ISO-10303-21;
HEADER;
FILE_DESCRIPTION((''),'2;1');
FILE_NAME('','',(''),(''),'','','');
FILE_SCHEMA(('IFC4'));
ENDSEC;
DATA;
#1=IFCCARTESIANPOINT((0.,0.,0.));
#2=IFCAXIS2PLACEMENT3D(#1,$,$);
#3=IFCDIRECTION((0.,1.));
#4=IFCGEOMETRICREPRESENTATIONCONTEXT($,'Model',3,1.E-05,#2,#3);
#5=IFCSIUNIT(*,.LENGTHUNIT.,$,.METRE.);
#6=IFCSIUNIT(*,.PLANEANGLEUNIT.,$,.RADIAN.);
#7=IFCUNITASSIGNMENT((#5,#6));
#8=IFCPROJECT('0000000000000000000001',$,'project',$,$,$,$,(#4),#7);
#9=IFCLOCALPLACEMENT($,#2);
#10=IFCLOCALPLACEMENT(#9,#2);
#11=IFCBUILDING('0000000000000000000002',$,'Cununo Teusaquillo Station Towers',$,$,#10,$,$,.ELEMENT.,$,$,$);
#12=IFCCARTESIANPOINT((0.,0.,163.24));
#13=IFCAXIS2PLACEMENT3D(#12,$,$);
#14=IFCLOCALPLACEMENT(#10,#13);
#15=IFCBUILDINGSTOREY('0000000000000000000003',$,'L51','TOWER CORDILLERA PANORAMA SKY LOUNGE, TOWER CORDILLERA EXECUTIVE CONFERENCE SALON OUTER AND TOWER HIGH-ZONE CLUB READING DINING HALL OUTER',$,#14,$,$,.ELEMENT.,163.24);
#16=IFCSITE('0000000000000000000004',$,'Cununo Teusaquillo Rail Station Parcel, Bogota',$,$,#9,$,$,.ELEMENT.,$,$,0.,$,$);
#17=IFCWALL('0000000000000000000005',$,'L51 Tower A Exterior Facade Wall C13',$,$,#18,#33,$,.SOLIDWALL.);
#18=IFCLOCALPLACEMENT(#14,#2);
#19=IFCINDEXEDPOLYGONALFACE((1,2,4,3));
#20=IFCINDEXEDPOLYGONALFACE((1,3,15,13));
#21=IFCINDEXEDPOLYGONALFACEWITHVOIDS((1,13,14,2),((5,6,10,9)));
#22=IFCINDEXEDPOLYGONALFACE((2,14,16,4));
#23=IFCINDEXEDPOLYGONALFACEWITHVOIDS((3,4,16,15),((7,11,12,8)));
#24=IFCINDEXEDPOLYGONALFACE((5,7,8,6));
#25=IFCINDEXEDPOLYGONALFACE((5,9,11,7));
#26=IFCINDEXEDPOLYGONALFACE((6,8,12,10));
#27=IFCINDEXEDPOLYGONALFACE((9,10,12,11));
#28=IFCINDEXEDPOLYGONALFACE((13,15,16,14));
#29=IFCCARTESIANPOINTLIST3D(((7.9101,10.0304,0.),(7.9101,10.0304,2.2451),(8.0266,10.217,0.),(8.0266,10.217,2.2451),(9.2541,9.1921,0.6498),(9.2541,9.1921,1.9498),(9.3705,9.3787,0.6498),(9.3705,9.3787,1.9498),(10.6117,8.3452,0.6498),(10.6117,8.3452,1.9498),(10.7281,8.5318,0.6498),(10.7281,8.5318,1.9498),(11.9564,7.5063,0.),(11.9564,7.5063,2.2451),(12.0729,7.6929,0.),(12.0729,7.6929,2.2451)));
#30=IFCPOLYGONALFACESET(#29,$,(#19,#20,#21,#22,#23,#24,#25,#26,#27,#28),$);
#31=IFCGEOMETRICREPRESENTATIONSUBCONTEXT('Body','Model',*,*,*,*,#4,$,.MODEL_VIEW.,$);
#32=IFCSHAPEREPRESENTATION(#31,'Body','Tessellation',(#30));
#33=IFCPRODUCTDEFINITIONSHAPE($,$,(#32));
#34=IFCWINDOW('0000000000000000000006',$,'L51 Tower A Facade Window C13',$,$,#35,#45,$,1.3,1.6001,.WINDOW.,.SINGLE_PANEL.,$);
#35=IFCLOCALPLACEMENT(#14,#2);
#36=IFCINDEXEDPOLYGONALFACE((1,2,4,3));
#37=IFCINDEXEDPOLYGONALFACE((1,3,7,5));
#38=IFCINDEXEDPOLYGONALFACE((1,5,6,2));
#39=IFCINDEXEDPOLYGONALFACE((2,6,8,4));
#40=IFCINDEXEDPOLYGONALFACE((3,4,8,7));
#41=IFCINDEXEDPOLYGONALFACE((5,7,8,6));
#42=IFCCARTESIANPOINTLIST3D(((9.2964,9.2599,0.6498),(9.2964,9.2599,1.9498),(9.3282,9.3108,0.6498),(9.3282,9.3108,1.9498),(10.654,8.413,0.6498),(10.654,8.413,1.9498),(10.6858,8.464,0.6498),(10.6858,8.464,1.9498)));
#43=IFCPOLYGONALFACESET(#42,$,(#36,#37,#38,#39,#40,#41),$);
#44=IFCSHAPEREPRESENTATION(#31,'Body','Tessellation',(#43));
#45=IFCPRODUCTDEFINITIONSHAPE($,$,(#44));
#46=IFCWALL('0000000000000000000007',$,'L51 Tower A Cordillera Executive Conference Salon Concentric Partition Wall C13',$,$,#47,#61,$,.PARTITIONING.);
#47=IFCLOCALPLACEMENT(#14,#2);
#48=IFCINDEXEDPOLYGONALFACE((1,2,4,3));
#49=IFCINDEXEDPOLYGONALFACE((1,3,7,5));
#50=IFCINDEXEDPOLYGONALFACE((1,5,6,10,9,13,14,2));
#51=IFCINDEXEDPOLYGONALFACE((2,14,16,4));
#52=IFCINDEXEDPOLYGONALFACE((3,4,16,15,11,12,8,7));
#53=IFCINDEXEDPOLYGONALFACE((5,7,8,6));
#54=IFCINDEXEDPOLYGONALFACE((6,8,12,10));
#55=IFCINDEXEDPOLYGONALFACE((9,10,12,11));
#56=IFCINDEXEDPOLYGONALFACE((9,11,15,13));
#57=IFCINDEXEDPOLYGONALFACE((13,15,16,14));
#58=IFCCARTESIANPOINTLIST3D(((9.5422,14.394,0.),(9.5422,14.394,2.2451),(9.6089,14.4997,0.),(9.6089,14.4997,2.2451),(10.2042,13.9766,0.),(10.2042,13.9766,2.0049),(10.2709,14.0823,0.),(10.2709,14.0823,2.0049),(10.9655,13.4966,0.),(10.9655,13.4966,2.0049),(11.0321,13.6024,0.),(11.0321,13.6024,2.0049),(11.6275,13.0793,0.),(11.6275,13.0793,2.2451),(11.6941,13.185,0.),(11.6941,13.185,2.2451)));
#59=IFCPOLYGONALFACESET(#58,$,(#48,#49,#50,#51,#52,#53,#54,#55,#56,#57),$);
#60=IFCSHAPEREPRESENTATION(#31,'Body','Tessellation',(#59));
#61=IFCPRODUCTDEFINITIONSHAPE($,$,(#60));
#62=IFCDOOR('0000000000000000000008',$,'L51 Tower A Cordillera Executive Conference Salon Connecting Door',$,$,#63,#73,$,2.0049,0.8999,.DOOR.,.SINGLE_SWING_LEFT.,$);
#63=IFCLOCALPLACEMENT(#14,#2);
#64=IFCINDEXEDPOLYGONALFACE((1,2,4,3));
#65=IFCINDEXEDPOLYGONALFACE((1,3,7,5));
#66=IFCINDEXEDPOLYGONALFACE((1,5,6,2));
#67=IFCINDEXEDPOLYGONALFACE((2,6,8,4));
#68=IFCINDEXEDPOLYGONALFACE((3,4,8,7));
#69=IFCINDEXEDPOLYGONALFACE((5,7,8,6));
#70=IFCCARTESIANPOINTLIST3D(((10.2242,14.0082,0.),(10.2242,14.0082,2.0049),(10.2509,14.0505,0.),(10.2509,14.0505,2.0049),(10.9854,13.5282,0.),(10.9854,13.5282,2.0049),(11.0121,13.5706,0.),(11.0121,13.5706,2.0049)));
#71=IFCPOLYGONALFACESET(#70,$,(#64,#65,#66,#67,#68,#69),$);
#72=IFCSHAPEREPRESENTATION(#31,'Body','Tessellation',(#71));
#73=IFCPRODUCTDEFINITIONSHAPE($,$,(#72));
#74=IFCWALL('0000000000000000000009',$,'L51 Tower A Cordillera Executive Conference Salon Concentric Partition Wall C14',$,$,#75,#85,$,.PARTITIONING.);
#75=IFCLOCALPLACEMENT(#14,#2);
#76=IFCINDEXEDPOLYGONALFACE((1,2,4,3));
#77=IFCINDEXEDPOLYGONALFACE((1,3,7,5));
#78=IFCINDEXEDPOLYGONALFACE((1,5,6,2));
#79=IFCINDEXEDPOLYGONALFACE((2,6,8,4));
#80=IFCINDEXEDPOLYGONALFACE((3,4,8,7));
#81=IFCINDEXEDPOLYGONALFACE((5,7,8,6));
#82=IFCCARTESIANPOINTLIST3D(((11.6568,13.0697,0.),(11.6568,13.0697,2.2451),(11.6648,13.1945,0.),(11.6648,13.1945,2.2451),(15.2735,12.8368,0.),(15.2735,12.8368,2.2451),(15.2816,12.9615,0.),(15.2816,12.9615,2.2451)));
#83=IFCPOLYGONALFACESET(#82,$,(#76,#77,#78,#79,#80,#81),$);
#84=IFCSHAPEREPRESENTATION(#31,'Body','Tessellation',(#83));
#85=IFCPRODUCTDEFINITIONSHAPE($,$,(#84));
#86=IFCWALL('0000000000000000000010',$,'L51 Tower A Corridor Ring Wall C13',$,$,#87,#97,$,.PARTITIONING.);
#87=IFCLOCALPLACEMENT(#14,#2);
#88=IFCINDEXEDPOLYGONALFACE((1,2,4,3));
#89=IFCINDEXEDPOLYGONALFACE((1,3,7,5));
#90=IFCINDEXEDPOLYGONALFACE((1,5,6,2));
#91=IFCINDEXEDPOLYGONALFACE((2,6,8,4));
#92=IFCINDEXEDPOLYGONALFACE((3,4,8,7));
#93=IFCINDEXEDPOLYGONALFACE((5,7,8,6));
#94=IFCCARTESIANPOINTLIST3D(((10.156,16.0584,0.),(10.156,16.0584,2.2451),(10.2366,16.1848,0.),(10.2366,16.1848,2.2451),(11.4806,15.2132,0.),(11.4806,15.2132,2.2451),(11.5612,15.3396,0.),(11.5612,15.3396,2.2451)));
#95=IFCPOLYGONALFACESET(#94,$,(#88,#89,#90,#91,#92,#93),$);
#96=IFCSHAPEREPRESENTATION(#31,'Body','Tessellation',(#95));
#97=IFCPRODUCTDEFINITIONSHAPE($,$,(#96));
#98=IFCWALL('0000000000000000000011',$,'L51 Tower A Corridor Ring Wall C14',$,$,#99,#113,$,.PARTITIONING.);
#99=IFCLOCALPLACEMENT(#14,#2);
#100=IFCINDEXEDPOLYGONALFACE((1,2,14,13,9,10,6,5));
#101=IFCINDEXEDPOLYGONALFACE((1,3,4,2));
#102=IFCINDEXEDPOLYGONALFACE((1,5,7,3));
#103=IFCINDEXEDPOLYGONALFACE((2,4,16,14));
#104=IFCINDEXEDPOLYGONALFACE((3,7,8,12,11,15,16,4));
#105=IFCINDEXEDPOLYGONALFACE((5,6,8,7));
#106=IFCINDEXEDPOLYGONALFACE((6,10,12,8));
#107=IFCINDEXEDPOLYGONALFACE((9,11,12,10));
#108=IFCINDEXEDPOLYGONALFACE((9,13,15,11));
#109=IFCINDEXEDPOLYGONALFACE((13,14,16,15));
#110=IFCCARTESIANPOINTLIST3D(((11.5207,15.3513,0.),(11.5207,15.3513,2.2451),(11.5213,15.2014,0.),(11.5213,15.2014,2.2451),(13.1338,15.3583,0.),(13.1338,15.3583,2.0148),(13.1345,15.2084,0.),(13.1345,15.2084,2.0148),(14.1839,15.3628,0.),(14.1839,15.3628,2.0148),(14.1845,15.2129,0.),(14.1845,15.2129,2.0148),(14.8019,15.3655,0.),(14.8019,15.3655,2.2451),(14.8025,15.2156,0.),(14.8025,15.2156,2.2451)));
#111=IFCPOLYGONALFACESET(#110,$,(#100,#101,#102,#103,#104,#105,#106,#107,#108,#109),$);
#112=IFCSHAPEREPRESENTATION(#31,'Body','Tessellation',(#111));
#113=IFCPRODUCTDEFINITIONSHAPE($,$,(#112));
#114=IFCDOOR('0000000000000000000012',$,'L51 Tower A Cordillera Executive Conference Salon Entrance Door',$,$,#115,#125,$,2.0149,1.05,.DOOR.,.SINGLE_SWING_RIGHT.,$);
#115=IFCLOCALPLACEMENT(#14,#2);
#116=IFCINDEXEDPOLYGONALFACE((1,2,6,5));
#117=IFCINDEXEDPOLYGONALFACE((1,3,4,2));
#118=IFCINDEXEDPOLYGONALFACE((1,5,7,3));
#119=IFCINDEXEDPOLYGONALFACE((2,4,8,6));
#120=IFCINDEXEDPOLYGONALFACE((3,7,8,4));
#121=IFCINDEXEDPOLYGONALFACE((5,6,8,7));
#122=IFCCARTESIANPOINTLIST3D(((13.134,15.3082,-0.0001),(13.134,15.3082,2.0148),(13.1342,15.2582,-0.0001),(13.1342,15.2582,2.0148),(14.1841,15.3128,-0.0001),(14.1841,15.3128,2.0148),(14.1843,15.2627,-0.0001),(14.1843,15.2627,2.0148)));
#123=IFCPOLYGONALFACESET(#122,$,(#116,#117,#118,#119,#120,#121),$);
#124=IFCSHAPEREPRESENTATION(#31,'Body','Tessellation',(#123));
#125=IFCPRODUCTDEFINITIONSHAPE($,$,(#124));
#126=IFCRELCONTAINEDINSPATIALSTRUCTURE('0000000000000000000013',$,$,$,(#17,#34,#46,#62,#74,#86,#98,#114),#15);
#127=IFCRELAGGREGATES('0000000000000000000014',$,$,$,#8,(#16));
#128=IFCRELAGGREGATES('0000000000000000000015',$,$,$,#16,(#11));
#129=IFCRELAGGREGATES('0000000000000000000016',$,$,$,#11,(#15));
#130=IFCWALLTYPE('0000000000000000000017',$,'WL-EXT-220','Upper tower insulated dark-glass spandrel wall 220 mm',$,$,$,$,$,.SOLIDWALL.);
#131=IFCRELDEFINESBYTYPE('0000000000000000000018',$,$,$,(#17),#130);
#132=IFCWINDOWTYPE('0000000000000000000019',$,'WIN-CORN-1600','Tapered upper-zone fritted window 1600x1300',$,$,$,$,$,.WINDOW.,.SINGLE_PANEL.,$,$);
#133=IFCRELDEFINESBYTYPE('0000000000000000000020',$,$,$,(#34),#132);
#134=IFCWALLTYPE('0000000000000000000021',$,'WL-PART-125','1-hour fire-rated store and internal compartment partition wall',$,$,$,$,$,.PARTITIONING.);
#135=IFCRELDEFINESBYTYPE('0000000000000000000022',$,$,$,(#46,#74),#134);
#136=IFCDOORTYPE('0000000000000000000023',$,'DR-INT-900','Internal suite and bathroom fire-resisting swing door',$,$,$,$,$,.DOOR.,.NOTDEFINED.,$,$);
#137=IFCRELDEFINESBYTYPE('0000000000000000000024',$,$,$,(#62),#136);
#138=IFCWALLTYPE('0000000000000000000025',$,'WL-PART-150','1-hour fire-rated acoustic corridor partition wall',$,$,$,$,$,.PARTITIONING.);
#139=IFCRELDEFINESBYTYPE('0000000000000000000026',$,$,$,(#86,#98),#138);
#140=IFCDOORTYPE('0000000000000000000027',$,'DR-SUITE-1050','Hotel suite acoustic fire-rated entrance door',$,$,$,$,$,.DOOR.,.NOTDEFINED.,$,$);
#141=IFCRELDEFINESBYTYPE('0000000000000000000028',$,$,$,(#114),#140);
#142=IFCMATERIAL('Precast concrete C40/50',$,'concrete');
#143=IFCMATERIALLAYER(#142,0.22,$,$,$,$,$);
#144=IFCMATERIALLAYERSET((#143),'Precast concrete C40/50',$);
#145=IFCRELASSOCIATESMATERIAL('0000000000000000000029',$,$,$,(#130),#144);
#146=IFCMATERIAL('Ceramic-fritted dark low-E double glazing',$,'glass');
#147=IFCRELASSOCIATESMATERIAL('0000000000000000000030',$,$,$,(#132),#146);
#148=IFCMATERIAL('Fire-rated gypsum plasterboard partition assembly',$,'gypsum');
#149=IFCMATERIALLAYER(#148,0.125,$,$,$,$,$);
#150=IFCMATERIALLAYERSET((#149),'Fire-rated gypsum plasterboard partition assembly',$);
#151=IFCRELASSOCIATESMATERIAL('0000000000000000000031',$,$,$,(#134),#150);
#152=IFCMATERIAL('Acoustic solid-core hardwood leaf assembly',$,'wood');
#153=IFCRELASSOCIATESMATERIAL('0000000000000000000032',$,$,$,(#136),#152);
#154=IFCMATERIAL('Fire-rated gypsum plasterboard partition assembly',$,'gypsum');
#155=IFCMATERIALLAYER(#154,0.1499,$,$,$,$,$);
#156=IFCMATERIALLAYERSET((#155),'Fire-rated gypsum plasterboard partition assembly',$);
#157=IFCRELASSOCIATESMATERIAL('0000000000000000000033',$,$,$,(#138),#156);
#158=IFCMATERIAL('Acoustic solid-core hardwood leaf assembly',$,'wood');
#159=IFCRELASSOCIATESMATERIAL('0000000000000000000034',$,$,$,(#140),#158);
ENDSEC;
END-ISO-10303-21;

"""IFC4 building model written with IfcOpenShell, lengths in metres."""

from ifc_helpers import new_model, si_unit, direction, frame, frame_2d, origin, place, context, subcontext, project, spatial, rectangle, extrude, source, transform, mapped, material, layer, layer_set, type_object, element, fill, save


model = new_model("IFC4")

# Units and contexts
model_context = context("Model", 3, precision=1e-05, world=origin(), true_north=direction((0.0, 1.0)))
body_context = subcontext(model_context, "Body", "Model", "MODEL_VIEW")
ifc_project = project(units=[si_unit("LENGTHUNIT", "METRE"), si_unit("PLANEANGLEUNIT", "RADIAN")], contexts=[model_context])

# Site, building, storey
site_placement = place(None, origin())
site = spatial("IfcSite", under=ifc_project, at=site_placement, Name="Cununo Teusaquillo Rail Station Parcel, Bogota", CompositionType="ELEMENT", RefElevation=0.0)
building_placement = place(site_placement, origin())
building = spatial("IfcBuilding", under=site, at=building_placement, Name="Cununo Teusaquillo Station Towers", CompositionType="ELEMENT")
storey_placement = place(building_placement, frame((0.0, 0.0, 163.24)))
storey = spatial("IfcBuildingStorey", under=building, at=storey_placement, Name="L51", Description="TOWER CORDILLERA PANORAMA SKY LOUNGE, TOWER CORDILLERA EXECUTIVE CONFERENCE SALON OUTER AND TOWER HIGH-ZONE CLUB READING DINING HALL OUTER", CompositionType="ELEMENT", Elevation=163.24)

# Shared definitions
ifc_material_1 = material(Name="Precast concrete C40/50", Category="concrete")
ifc_layer_1 = layer(ifc_material_1, 0.22)
ifc_layer_set_1 = layer_set([ifc_layer_1], Name="Precast concrete C40/50")
wall_type_1 = type_object("IfcWallType", Name="WL-EXT-220", Description="Upper tower insulated dark-glass spandrel wall 220 mm", PredefinedType="SOLIDWALL", material=ifc_layer_set_1)
shared_shape_1 = source(origin(), body_context, "Body", "SweptSolid", [
    extrude(rectangle(XDim=1.6001, YDim=1.3, at=frame_2d((0.8, 0.6499))), frame((0.0, 0.1199, 0.0), z_axis=(0.0, -1.0, 0.0), x_axis=(1.0, 0.0, 0.0)), (0.0, 0.0, 1.0), 0.24),
])
ifc_material_2 = material(Name="Ceramic-fritted dark low-E double glazing", Category="glass")
window_type = type_object("IfcWindowType", Name="WIN-CORN-1600", Description="Tapered upper-zone fritted window 1600x1300", PartitioningType="SINGLE_PANEL", PredefinedType="WINDOW", material=ifc_material_2)
shared_shape_2 = source(origin(), body_context, "Body", "SweptSolid", [
    extrude(rectangle(XDim=1.6001, YDim=1.3, at=frame_2d((0.8, 0.6499))), frame((0.0, 0.03, 0.0), z_axis=(0.0, -1.0, 0.0), x_axis=(1.0, 0.0, 0.0)), (0.0, 0.0, 1.0), 0.0601),
])

# Wall, opening, window
wall_1_placement = place(storey_placement, frame((12.0146, 7.5996, 0.0), z_axis=(0.0, 0.0, 1.0), x_axis=(-0.848452, 0.529272, 0.0)))
wall_1 = element("IfcWall", 1, at=wall_1_placement, inside=storey, type_object=wall_type_1, Name="L51 Tower A Exterior Facade Wall C13", PredefinedType="SOLIDWALL", context=body_context, shape_type="SweptSolid", body=[
    extrude(rectangle(XDim=4.769, YDim=0.22, at=frame_2d((2.3845, 0.0))), origin(), (0.0, 0.0, 1.0), 2.2451),
])
opening_1_placement = place(wall_1_placement, frame((1.585, 0.0, 0.6499)))
opening_1 = element("IfcOpeningElement", 2, at=opening_1_placement, cuts=wall_1, PredefinedType="OPENING", context=body_context, shape_type="MappedRepresentation", body=[
    mapped(shared_shape_1, transform((0.0, 0.0, 0.0), x_axis=(1.0, 0.0, 0.0), y_axis=(0.0, 1.0, 0.0), z_axis=(0.0, 0.0, 1.0), scale=1.0)),
])
window_1_placement = place(opening_1_placement, origin())
window_1 = element("IfcWindow", 3, at=window_1_placement, inside=storey, type_object=window_type, Name="L51 Tower A Facade Window C13", OverallHeight=1.3, OverallWidth=1.6001, PartitioningType="SINGLE_PANEL", PredefinedType="WINDOW", context=body_context, shape_type="MappedRepresentation", body=[
    mapped(shared_shape_2, transform((0.0, 0.0, 0.0), x_axis=(1.0, 0.0, 0.0), y_axis=(0.0, 1.0, 0.0), z_axis=(0.0, 0.0, 1.0), scale=1.0)),
])
fill(opening_1, window_1)

# Wall, opening, door
ifc_material_3 = material(Name="Fire-rated gypsum plasterboard partition assembly", Category="gypsum")
ifc_layer_2 = layer(ifc_material_3, 0.125)
ifc_layer_set_2 = layer_set([ifc_layer_2], Name="Fire-rated gypsum plasterboard partition assembly")
wall_type_2 = type_object("IfcWallType", Name="WL-PART-125", Description="1-hour fire-rated store and internal compartment partition wall", PredefinedType="PARTITIONING", material=ifc_layer_set_2)
wall_2_placement = place(storey_placement, frame((9.5757, 14.4468, 0.0), z_axis=(0.0, 0.0, 1.0), x_axis=(0.845905, -0.533333, 0.0)))
wall_2 = element("IfcWall", 4, at=wall_2_placement, inside=storey, type_object=wall_type_2, Name="L51 Tower A Cordillera Executive Conference Salon Concentric Partition Wall C13", PredefinedType="PARTITIONING", context=body_context, shape_type="SweptSolid", body=[
    extrude(rectangle(XDim=2.4651, YDim=0.125, at=frame_2d((1.2324, 0.0))), origin(), (0.0, 0.0, 1.0), 2.2451),
])
shared_shape_3 = source(origin(), body_context, "Body", "SweptSolid", [
    extrude(rectangle(XDim=0.8999, YDim=2.0049, at=frame_2d((0.45, 1.0024))), frame((0.0, 0.0725, 0.0), z_axis=(0.0, -1.0, 0.0), x_axis=(1.0, 0.0, 0.0)), (0.0, 0.0, 1.0), 0.145),
])
opening_2_placement = place(wall_2_placement, frame((0.7825, 0.0, 0.0)))
opening_2 = element("IfcOpeningElement", 5, at=opening_2_placement, cuts=wall_2, PredefinedType="OPENING", context=body_context, shape_type="MappedRepresentation", body=[
    mapped(shared_shape_3, transform((0.0, 0.0, 0.0), x_axis=(1.0, 0.0, 0.0), y_axis=(0.0, 1.0, 0.0), z_axis=(0.0, 0.0, 1.0), scale=1.0)),
])
ifc_material_4 = material(Name="Acoustic solid-core hardwood leaf assembly", Category="wood")
door_type_1 = type_object("IfcDoorType", Name="DR-INT-900", Description="Internal suite and bathroom fire-resisting swing door", OperationType="NOTDEFINED", PredefinedType="DOOR", material=ifc_material_4)
shared_shape_4 = source(origin(), body_context, "Body", "SweptSolid", [
    extrude(rectangle(XDim=0.8999, YDim=2.0049, at=frame_2d((0.45, 1.0024))), frame((0.0, 0.0249, 0.0), z_axis=(0.0, -1.0, 0.0), x_axis=(1.0, 0.0, 0.0)), (0.0, 0.0, 1.0), 0.05),
])
door_1_placement = place(opening_2_placement, origin())
door_1 = element("IfcDoor", 6, at=door_1_placement, inside=storey, type_object=door_type_1, Name="L51 Tower A Cordillera Executive Conference Salon Connecting Door", OperationType="SINGLE_SWING_LEFT", OverallHeight=2.0049, OverallWidth=0.8999, PredefinedType="DOOR", context=body_context, shape_type="MappedRepresentation", body=[
    mapped(shared_shape_4, transform((0.0, 0.0, 0.0), x_axis=(1.0, 0.0, 0.0), y_axis=(0.0, 1.0, 0.0), z_axis=(0.0, 0.0, 1.0), scale=1.0)),
])
fill(opening_2, door_1)

# Walls
wall_3_placement = place(storey_placement, frame((11.6609, 13.1321, 0.0), z_axis=(0.0, 0.0, 1.0), x_axis=(0.997933, -0.064265, 0.0)))
element("IfcWall", 7, at=wall_3_placement, inside=storey, type_object=wall_type_2, Name="L51 Tower A Cordillera Executive Conference Salon Concentric Partition Wall C14", PredefinedType="PARTITIONING", context=body_context, shape_type="SweptSolid", body=[
    extrude(rectangle(XDim=3.6243, YDim=0.125, at=frame_2d((1.812, 0.0))), origin(), (0.0, 0.0, 1.0), 2.2451),
])
ifc_material_5 = material(Name="Fire-rated gypsum plasterboard partition assembly", Category="gypsum")
ifc_layer_3 = layer(ifc_material_5, 0.1499)
ifc_layer_set_3 = layer_set([ifc_layer_3], Name="Fire-rated gypsum plasterboard partition assembly")
wall_type_3 = type_object("IfcWallType", Name="WL-PART-150", Description="1-hour fire-rated acoustic corridor partition wall", PredefinedType="PARTITIONING", material=ifc_layer_set_3)
wall_4_placement = place(storey_placement, frame((10.1963, 16.1216, 0.0), z_axis=(0.0, 0.0, 1.0), x_axis=(0.843021, -0.53788, 0.0)))
element("IfcWall", 8, at=wall_4_placement, inside=storey, type_object=wall_type_3, Name="L51 Tower A Corridor Ring Wall C13", PredefinedType="PARTITIONING", context=body_context, shape_type="SweptSolid", body=[
    extrude(rectangle(XDim=1.5713, YDim=0.1499, at=frame_2d((0.7856, 0.0))), origin(), (0.0, 0.0, 1.0), 2.2451),
])

# Wall, opening, door
wall_5_placement = place(storey_placement, frame((11.521, 15.2764, 0.0), z_axis=(0.0, 0.0, 1.0), x_axis=(0.999991, 0.004315, 0.0)))
wall_5 = element("IfcWall", 9, at=wall_5_placement, inside=storey, type_object=wall_type_3, Name="L51 Tower A Corridor Ring Wall C14", PredefinedType="PARTITIONING", context=body_context, shape_type="SweptSolid", body=[
    extrude(rectangle(XDim=3.2812, YDim=0.1499, at=frame_2d((1.6406, 0.0))), origin(), (0.0, 0.0, 1.0), 2.2451),
])
shared_shape_5 = source(origin(), body_context, "Body", "SweptSolid", [
    extrude(rectangle(XDim=1.05, YDim=2.0149, at=frame_2d((0.5249, 1.0073))), frame((0.0, 0.085, 0.0), z_axis=(0.0, -1.0, 0.0), x_axis=(1.0, 0.0, 0.0)), (0.0, 0.0, 1.0), 0.1699),
])
opening_3_placement = place(wall_5_placement, frame((1.6133, 0.0, 0.0)))
opening_3 = element("IfcOpeningElement", 10, at=opening_3_placement, cuts=wall_5, PredefinedType="OPENING", context=body_context, shape_type="MappedRepresentation", body=[
    mapped(shared_shape_5, transform((0.0, 0.0, 0.0), x_axis=(1.0, 0.0, 0.0), y_axis=(0.0, 1.0, 0.0), z_axis=(0.0, 0.0, 1.0), scale=1.0)),
])
ifc_material_6 = material(Name="Acoustic solid-core hardwood leaf assembly", Category="wood")
door_type_2 = type_object("IfcDoorType", Name="DR-SUITE-1050", Description="Hotel suite acoustic fire-rated entrance door", OperationType="NOTDEFINED", PredefinedType="DOOR", material=ifc_material_6)
shared_shape_6 = source(origin(), body_context, "Body", "SweptSolid", [
    extrude(rectangle(XDim=1.05, YDim=2.0149, at=frame_2d((0.5249, 1.0073))), frame((0.0, 0.0249, 0.0), z_axis=(0.0, -1.0, 0.0), x_axis=(1.0, 0.0, 0.0)), (0.0, 0.0, 1.0), 0.05),
])
door_2_placement = place(opening_3_placement, origin())
door_2 = element("IfcDoor", 11, at=door_2_placement, inside=storey, type_object=door_type_2, Name="L51 Tower A Cordillera Executive Conference Salon Entrance Door", OperationType="SINGLE_SWING_RIGHT", OverallHeight=2.0149, OverallWidth=1.05, PredefinedType="DOOR", context=body_context, shape_type="MappedRepresentation", body=[
    mapped(shared_shape_6, transform((0.0, 0.0, 0.0), x_axis=(1.0, 0.0, 0.0), y_axis=(0.0, 1.0, 0.0), z_axis=(0.0, 0.0, 1.0), scale=1.0)),
])
fill(opening_3, door_2)

save(model, "model.ifc")
